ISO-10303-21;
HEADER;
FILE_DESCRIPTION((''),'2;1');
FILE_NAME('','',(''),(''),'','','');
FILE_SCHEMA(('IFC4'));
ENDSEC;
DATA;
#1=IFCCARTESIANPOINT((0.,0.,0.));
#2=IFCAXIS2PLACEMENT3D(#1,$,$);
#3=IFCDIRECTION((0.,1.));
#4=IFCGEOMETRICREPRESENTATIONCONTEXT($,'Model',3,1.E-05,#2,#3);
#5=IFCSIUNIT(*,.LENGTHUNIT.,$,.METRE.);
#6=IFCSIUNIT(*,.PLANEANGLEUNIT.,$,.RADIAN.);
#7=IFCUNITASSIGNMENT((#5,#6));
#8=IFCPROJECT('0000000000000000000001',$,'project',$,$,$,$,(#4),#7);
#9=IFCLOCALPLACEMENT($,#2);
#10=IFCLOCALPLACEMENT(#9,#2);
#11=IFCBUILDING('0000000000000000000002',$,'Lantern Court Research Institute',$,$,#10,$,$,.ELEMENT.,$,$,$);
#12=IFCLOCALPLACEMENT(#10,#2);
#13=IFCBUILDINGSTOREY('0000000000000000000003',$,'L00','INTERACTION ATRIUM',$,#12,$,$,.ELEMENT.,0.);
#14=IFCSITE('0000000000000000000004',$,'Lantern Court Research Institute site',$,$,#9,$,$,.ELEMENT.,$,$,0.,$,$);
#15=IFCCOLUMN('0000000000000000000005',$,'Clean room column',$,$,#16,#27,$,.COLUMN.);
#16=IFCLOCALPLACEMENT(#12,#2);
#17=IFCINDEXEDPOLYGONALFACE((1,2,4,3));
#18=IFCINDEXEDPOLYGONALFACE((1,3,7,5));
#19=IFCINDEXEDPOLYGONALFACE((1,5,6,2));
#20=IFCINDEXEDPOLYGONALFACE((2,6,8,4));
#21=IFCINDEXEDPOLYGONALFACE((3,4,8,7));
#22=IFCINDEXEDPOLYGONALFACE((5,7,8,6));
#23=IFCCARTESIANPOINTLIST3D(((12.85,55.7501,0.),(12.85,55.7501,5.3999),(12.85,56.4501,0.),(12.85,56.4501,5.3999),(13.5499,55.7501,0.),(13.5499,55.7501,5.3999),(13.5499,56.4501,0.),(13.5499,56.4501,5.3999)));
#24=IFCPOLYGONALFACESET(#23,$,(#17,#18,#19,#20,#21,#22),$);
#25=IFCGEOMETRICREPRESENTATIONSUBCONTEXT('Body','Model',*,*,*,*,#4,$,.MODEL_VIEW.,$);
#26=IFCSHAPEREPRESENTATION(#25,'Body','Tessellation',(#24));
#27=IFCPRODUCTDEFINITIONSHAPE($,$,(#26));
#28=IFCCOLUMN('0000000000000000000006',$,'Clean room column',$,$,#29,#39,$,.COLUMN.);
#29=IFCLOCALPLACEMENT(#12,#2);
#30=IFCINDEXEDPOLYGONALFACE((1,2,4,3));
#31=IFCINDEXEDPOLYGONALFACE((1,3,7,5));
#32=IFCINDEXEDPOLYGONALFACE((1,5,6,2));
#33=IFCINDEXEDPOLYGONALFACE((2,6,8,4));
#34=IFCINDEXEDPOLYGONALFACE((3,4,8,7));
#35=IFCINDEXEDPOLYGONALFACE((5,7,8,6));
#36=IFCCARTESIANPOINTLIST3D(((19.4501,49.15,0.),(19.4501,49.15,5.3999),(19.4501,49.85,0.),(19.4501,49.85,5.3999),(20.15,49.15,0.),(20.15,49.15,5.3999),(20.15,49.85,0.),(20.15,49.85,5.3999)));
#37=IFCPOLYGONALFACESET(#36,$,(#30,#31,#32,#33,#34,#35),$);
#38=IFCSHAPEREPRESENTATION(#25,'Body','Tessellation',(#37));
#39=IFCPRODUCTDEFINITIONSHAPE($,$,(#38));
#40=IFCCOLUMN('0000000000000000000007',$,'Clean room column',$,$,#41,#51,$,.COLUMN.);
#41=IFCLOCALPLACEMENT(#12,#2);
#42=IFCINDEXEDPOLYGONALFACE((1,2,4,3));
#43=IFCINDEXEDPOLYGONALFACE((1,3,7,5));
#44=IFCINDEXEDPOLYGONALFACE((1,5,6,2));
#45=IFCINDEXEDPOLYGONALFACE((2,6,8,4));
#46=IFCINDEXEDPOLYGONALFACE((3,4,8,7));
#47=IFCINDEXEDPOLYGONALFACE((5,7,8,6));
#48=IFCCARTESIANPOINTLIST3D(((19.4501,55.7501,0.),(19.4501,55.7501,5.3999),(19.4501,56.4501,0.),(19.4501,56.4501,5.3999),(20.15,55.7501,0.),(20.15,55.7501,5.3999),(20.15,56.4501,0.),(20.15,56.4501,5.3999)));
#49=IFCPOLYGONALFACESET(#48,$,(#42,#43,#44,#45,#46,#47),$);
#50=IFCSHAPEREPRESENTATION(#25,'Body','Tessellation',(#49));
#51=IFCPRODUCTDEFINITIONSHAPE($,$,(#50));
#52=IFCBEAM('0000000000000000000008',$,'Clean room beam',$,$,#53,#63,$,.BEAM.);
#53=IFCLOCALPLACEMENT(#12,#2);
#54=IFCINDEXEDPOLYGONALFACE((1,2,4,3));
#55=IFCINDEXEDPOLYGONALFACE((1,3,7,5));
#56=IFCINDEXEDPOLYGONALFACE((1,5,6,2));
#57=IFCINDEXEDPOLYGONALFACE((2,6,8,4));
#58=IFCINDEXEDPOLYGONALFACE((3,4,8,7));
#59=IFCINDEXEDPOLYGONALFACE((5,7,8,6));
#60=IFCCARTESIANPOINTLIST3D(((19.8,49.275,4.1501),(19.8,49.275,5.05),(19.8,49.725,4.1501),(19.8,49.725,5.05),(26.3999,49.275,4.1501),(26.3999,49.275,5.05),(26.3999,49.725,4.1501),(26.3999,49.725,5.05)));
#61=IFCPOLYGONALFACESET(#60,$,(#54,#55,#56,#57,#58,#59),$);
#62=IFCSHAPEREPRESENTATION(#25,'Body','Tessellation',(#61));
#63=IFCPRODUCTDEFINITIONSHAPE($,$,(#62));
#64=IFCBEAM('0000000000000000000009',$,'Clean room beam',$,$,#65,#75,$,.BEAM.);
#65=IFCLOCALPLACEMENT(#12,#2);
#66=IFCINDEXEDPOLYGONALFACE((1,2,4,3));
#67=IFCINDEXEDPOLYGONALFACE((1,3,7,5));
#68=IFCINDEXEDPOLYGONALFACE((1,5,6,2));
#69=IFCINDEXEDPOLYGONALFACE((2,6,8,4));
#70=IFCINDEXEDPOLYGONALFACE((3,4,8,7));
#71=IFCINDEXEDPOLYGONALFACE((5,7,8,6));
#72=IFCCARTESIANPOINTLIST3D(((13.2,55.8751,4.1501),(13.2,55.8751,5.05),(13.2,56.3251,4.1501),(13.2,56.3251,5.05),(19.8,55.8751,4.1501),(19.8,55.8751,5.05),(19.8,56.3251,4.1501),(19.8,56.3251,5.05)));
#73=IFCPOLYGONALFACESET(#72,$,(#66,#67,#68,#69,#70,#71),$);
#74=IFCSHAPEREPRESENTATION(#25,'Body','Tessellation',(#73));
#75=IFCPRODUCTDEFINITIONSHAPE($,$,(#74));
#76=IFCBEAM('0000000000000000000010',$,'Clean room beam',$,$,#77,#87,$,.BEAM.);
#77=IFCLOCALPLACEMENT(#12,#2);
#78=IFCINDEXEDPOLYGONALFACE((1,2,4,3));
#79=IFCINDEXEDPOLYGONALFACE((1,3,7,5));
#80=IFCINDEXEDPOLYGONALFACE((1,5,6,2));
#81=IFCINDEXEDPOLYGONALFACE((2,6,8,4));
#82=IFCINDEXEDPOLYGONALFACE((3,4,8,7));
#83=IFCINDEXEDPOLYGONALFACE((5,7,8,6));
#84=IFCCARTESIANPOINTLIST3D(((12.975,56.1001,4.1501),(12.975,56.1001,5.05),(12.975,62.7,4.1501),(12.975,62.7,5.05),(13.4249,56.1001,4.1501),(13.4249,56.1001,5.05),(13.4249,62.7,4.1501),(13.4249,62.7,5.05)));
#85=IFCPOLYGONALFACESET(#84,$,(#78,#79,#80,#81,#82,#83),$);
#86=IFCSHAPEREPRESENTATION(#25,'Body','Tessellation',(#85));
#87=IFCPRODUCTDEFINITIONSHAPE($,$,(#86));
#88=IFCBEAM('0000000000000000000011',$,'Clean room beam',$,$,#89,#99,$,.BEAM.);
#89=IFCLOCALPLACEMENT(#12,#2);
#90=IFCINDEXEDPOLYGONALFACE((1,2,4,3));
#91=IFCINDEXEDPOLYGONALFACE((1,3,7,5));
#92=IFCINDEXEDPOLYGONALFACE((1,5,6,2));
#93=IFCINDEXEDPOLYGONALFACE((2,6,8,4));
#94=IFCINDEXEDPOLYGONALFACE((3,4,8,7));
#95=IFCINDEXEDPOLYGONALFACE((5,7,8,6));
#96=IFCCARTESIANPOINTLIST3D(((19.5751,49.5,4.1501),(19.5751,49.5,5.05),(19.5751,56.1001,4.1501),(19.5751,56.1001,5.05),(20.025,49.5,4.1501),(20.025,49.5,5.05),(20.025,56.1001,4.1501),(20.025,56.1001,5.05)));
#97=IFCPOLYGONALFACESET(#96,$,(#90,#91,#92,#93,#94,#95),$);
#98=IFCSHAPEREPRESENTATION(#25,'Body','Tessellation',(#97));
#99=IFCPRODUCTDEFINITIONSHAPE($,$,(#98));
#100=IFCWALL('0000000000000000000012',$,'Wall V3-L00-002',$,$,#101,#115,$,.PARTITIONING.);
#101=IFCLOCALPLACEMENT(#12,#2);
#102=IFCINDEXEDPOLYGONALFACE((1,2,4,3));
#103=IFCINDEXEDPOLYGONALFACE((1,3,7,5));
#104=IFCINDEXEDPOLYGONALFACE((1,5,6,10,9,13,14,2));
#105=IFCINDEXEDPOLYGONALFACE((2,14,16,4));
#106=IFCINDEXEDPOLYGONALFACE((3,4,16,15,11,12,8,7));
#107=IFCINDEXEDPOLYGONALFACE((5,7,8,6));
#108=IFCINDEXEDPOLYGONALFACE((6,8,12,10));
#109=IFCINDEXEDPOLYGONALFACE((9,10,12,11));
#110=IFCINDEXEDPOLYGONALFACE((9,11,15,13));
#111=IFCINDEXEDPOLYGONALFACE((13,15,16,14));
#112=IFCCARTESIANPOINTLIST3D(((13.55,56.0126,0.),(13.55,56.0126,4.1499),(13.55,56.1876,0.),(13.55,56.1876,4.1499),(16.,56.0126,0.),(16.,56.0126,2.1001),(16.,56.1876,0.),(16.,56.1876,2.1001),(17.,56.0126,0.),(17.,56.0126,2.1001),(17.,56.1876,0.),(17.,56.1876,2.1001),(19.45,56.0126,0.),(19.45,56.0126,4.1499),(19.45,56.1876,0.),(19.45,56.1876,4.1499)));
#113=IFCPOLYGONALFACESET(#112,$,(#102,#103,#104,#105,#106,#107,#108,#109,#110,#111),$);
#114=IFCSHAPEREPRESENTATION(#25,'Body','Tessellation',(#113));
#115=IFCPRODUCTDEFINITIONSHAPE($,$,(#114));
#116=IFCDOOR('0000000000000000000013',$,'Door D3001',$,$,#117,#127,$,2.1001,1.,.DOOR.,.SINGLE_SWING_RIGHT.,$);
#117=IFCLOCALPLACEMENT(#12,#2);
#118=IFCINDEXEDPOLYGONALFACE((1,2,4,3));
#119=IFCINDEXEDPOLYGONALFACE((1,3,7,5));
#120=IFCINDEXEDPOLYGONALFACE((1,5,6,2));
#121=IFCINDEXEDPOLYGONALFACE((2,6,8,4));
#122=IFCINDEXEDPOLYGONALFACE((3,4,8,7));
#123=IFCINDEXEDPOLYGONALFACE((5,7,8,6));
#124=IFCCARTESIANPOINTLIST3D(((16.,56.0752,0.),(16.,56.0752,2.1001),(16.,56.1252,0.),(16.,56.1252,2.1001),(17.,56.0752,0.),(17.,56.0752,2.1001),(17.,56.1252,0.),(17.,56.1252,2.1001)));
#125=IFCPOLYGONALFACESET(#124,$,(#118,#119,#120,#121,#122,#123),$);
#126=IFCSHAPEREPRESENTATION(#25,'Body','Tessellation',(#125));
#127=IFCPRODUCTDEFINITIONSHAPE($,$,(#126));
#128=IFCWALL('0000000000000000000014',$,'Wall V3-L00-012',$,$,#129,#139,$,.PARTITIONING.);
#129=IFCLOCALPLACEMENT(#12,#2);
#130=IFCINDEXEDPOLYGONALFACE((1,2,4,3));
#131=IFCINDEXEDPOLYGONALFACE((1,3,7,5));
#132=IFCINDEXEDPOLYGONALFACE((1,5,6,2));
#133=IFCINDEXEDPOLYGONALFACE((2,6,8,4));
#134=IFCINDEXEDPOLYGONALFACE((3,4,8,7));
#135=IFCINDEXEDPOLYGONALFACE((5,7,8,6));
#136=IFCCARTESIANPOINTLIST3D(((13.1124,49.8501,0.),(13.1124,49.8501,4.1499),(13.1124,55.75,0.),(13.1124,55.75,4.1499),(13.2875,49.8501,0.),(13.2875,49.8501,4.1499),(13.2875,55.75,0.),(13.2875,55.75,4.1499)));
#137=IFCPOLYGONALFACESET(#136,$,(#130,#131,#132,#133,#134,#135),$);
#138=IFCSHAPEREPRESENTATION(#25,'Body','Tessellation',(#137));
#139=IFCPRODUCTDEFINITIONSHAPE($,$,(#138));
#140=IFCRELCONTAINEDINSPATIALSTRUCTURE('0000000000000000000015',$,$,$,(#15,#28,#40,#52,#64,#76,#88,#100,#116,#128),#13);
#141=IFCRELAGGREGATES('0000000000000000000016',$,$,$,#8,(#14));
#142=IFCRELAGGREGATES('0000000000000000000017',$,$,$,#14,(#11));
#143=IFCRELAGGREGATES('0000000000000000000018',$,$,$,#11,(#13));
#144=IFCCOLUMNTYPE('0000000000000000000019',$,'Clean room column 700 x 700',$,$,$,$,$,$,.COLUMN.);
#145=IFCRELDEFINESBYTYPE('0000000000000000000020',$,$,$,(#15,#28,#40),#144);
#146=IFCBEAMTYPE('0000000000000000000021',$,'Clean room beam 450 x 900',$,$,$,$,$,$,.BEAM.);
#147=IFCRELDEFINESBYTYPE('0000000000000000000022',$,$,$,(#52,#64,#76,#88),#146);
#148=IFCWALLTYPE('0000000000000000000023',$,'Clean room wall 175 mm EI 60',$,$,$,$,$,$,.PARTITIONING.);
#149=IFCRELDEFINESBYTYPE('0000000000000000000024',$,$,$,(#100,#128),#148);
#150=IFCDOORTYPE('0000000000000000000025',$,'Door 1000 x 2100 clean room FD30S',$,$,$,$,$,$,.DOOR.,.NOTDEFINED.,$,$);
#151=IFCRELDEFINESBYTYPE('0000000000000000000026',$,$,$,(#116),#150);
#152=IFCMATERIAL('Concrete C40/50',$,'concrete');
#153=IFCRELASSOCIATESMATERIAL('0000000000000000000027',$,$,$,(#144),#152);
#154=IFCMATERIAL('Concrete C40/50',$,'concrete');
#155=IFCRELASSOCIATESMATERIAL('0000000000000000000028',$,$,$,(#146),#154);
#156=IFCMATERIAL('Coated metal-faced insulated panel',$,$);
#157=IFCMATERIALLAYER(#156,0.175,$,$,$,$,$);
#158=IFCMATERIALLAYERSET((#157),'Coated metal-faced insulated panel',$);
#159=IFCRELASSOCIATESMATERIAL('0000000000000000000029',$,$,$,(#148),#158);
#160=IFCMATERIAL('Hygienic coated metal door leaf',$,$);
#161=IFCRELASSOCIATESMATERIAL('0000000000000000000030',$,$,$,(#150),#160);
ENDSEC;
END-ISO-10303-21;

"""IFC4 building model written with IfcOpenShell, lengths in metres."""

from ifc_helpers import new_model, si_unit, direction, frame, frame_2d, origin, origin_2d, place, context, subcontext, project, spatial, rectangle, extrude, material, layer, layer_set, material_profile, profile_set, type_object, element, fill, save


model = new_model("IFC4")

# Units and contexts
model_context = context("Model", 3, precision=1e-05, world=origin(), true_north=direction((0.0, 1.0)))
body_context = subcontext(model_context, "Body", "Model", "MODEL_VIEW")
ifc_project = project(units=[si_unit("LENGTHUNIT", "METRE"), si_unit("PLANEANGLEUNIT", "RADIAN")], contexts=[model_context])

# Site, building, storey
site_placement = place(None, origin())
site = spatial("IfcSite", under=ifc_project, at=site_placement, Name="Lantern Court Research Institute site", CompositionType="ELEMENT", RefElevation=0.0)
building_placement = place(site_placement, origin())
building = spatial("IfcBuilding", under=site, at=building_placement, Name="Lantern Court Research Institute", CompositionType="ELEMENT")
storey_placement = place(building_placement, origin())
storey = spatial("IfcBuildingStorey", under=building, at=storey_placement, Name="L00", Description="INTERACTION ATRIUM", CompositionType="ELEMENT", Elevation=0.0)

# Columns
ifc_material_1 = material(Name="Concrete C40/50", Category="concrete")
ifc_material_profile_1 = material_profile(ifc_material_1, rectangle(XDim=0.7, YDim=0.7, at=origin_2d()), Name="Clean room column 700 x 700")
ifc_profile_set_1 = profile_set([ifc_material_profile_1], Name="Concrete C40/50")
column_type = type_object("IfcColumnType", Name="Clean room column 700 x 700", PredefinedType="COLUMN", material=ifc_profile_set_1)
for number, where, z_axis, x_axis, name in (
    (1, (13.2, 56.1001, 0.0), (0.0, 0.0, 1.0), (1.0, 0.0, 0.0), "Clean room column"),
    (2, (19.8, 49.5, 0.0), (0.0, 0.0, 1.0), (1.0, 0.0, 0.0), "Clean room column"),
    (3, (19.8, 56.1001, 0.0), (0.0, 0.0, 1.0), (1.0, 0.0, 0.0), "Clean room column"),
):
    element("IfcColumn", number, at=place(storey_placement, frame(where, z_axis=z_axis, x_axis=x_axis)), inside=storey, type_object=column_type, Name=name, PredefinedType="COLUMN", context=body_context, shape_type="SweptSolid", body=[
        extrude(rectangle(XDim=0.7, YDim=0.7, at=origin_2d()), origin(), (0.0, 0.0, 1.0), 5.3999),
    ])

# Beams
ifc_material_2 = material(Name="Concrete C40/50", Category="concrete")
ifc_material_profile_2 = material_profile(ifc_material_2, rectangle(XDim=0.45, YDim=0.8999, at=origin_2d()), Name="Clean room beam 450 x 900")
ifc_profile_set_2 = profile_set([ifc_material_profile_2], Name="Concrete C40/50")
beam_type = type_object("IfcBeamType", Name="Clean room beam 450 x 900", PredefinedType="BEAM", material=ifc_profile_set_2)
beam_1_placement = place(storey_placement, frame((19.8, 49.5, 4.6001), z_axis=(1.0, 0.0, 0.0), x_axis=(0.0, 1.0, 0.0)))
element("IfcBeam", 4, at=beam_1_placement, inside=storey, type_object=beam_type, Name="Clean room beam", PredefinedType="BEAM", context=body_context, shape_type="SweptSolid", body=[
    extrude(rectangle(XDim=0.45, YDim=0.8999, at=origin_2d()), origin(), (0.0, 0.0, 1.0), 6.5999),
])
beam_2_placement = place(storey_placement, frame((13.2, 56.1001, 4.6001), z_axis=(1.0, 0.0, 0.0), x_axis=(0.0, 1.0, 0.0)))
element("IfcBeam", 5, at=beam_2_placement, inside=storey, type_object=beam_type, Name="Clean room beam", PredefinedType="BEAM", context=body_context, shape_type="SweptSolid", body=[
    extrude(rectangle(XDim=0.45, YDim=0.8999, at=origin_2d()), origin(), (0.0, 0.0, 1.0), 6.6001),
])
beam_3_placement = place(storey_placement, frame((13.2, 56.1001, 4.6001), z_axis=(0.0, 1.0, 0.0), x_axis=(-1.0, 0.0, 0.0)))
element("IfcBeam", 6, at=beam_3_placement, inside=storey, type_object=beam_type, Name="Clean room beam", PredefinedType="BEAM", context=body_context, shape_type="SweptSolid", body=[
    extrude(rectangle(XDim=0.45, YDim=0.8999, at=origin_2d()), origin(), (0.0, 0.0, 1.0), 6.5999),
])
beam_4_placement = place(storey_placement, frame((19.8, 49.5, 4.6001), z_axis=(0.0, 1.0, 0.0), x_axis=(-1.0, 0.0, 0.0)))
element("IfcBeam", 7, at=beam_4_placement, inside=storey, type_object=beam_type, Name="Clean room beam", PredefinedType="BEAM", context=body_context, shape_type="SweptSolid", body=[
    extrude(rectangle(XDim=0.45, YDim=0.8999, at=origin_2d()), origin(), (0.0, 0.0, 1.0), 6.6001),
])

# Wall, opening, door
ifc_material_3 = material(Name="Coated metal-faced insulated panel")
ifc_layer_1 = layer(ifc_material_3, 0.175)
ifc_layer_set_1 = layer_set([ifc_layer_1], Name="Coated metal-faced insulated panel")
wall_type_1 = type_object("IfcWallType", Name="Clean room wall 175 mm EI 60", PredefinedType="PARTITIONING", material=ifc_layer_set_1)
wall_1_placement = place(storey_placement, frame((19.45, 56.1001, 0.0), z_axis=(0.0, 0.0, 1.0), x_axis=(-1.0, 0.0, 0.0)))
wall_1 = element("IfcWall", 8, at=wall_1_placement, inside=storey, type_object=wall_type_1, Name="Wall V3-L00-002", PredefinedType="PARTITIONING", context=body_context, shape_type="SweptSolid", body=[
    extrude(rectangle(XDim=5.8999, YDim=0.175, at=frame_2d((2.95, 0.0))), origin(), (0.0, 0.0, 1.0), 4.1499),
])
opening_1_placement = place(wall_1_placement, frame((2.45, 0.0, 0.0)))
opening_1 = element("IfcOpeningElement", 9, at=opening_1_placement, cuts=wall_1, PredefinedType="OPENING", context=body_context, shape_type="SweptSolid", body=[
    extrude(rectangle(XDim=1.0, YDim=2.1001, at=frame_2d((0.5, 1.05))), frame((0.0, 0.0974, 0.0), z_axis=(0.0, -1.0, 0.0), x_axis=(1.0, 0.0, 0.0)), (0.0, 0.0, 1.0), 0.1951),
])
ifc_material_4 = material(Name="Hygienic coated metal door leaf")
door_type = type_object("IfcDoorType", Name="Door 1000 x 2100 clean room FD30S", OperationType="NOTDEFINED", PredefinedType="DOOR", material=ifc_material_4)
door_placement = place(opening_1_placement, origin())
door = element("IfcDoor", 10, at=door_placement, inside=storey, type_object=door_type, Name="Door D3001", OperationType="SINGLE_SWING_RIGHT", OverallHeight=2.1001, OverallWidth=1.0, PredefinedType="DOOR", context=body_context, shape_type="SweptSolid", body=[
    extrude(rectangle(XDim=1.0, YDim=2.1001, at=frame_2d((0.5, 1.05))), frame((0.0, 0.0249, 0.0), z_axis=(0.0, -1.0, 0.0), x_axis=(1.0, 0.0, 0.0)), (0.0, 0.0, 1.0), 0.05),
])
fill(opening_1, door)

# Wall
wall_2_placement = place(storey_placement, frame((13.2, 49.8501, 0.0), z_axis=(0.0, 0.0, 1.0), x_axis=(0.0, 1.0, 0.0)))
element("IfcWall", 11, at=wall_2_placement, inside=storey, type_object=wall_type_1, Name="Wall V3-L00-012", PredefinedType="PARTITIONING", context=body_context, shape_type="SweptSolid", body=[
    extrude(rectangle(XDim=5.8999, YDim=0.175, at=frame_2d((2.95, 0.0))), origin(), (0.0, 0.0, 1.0), 4.1499),
])

save(model, "model.ifc")
